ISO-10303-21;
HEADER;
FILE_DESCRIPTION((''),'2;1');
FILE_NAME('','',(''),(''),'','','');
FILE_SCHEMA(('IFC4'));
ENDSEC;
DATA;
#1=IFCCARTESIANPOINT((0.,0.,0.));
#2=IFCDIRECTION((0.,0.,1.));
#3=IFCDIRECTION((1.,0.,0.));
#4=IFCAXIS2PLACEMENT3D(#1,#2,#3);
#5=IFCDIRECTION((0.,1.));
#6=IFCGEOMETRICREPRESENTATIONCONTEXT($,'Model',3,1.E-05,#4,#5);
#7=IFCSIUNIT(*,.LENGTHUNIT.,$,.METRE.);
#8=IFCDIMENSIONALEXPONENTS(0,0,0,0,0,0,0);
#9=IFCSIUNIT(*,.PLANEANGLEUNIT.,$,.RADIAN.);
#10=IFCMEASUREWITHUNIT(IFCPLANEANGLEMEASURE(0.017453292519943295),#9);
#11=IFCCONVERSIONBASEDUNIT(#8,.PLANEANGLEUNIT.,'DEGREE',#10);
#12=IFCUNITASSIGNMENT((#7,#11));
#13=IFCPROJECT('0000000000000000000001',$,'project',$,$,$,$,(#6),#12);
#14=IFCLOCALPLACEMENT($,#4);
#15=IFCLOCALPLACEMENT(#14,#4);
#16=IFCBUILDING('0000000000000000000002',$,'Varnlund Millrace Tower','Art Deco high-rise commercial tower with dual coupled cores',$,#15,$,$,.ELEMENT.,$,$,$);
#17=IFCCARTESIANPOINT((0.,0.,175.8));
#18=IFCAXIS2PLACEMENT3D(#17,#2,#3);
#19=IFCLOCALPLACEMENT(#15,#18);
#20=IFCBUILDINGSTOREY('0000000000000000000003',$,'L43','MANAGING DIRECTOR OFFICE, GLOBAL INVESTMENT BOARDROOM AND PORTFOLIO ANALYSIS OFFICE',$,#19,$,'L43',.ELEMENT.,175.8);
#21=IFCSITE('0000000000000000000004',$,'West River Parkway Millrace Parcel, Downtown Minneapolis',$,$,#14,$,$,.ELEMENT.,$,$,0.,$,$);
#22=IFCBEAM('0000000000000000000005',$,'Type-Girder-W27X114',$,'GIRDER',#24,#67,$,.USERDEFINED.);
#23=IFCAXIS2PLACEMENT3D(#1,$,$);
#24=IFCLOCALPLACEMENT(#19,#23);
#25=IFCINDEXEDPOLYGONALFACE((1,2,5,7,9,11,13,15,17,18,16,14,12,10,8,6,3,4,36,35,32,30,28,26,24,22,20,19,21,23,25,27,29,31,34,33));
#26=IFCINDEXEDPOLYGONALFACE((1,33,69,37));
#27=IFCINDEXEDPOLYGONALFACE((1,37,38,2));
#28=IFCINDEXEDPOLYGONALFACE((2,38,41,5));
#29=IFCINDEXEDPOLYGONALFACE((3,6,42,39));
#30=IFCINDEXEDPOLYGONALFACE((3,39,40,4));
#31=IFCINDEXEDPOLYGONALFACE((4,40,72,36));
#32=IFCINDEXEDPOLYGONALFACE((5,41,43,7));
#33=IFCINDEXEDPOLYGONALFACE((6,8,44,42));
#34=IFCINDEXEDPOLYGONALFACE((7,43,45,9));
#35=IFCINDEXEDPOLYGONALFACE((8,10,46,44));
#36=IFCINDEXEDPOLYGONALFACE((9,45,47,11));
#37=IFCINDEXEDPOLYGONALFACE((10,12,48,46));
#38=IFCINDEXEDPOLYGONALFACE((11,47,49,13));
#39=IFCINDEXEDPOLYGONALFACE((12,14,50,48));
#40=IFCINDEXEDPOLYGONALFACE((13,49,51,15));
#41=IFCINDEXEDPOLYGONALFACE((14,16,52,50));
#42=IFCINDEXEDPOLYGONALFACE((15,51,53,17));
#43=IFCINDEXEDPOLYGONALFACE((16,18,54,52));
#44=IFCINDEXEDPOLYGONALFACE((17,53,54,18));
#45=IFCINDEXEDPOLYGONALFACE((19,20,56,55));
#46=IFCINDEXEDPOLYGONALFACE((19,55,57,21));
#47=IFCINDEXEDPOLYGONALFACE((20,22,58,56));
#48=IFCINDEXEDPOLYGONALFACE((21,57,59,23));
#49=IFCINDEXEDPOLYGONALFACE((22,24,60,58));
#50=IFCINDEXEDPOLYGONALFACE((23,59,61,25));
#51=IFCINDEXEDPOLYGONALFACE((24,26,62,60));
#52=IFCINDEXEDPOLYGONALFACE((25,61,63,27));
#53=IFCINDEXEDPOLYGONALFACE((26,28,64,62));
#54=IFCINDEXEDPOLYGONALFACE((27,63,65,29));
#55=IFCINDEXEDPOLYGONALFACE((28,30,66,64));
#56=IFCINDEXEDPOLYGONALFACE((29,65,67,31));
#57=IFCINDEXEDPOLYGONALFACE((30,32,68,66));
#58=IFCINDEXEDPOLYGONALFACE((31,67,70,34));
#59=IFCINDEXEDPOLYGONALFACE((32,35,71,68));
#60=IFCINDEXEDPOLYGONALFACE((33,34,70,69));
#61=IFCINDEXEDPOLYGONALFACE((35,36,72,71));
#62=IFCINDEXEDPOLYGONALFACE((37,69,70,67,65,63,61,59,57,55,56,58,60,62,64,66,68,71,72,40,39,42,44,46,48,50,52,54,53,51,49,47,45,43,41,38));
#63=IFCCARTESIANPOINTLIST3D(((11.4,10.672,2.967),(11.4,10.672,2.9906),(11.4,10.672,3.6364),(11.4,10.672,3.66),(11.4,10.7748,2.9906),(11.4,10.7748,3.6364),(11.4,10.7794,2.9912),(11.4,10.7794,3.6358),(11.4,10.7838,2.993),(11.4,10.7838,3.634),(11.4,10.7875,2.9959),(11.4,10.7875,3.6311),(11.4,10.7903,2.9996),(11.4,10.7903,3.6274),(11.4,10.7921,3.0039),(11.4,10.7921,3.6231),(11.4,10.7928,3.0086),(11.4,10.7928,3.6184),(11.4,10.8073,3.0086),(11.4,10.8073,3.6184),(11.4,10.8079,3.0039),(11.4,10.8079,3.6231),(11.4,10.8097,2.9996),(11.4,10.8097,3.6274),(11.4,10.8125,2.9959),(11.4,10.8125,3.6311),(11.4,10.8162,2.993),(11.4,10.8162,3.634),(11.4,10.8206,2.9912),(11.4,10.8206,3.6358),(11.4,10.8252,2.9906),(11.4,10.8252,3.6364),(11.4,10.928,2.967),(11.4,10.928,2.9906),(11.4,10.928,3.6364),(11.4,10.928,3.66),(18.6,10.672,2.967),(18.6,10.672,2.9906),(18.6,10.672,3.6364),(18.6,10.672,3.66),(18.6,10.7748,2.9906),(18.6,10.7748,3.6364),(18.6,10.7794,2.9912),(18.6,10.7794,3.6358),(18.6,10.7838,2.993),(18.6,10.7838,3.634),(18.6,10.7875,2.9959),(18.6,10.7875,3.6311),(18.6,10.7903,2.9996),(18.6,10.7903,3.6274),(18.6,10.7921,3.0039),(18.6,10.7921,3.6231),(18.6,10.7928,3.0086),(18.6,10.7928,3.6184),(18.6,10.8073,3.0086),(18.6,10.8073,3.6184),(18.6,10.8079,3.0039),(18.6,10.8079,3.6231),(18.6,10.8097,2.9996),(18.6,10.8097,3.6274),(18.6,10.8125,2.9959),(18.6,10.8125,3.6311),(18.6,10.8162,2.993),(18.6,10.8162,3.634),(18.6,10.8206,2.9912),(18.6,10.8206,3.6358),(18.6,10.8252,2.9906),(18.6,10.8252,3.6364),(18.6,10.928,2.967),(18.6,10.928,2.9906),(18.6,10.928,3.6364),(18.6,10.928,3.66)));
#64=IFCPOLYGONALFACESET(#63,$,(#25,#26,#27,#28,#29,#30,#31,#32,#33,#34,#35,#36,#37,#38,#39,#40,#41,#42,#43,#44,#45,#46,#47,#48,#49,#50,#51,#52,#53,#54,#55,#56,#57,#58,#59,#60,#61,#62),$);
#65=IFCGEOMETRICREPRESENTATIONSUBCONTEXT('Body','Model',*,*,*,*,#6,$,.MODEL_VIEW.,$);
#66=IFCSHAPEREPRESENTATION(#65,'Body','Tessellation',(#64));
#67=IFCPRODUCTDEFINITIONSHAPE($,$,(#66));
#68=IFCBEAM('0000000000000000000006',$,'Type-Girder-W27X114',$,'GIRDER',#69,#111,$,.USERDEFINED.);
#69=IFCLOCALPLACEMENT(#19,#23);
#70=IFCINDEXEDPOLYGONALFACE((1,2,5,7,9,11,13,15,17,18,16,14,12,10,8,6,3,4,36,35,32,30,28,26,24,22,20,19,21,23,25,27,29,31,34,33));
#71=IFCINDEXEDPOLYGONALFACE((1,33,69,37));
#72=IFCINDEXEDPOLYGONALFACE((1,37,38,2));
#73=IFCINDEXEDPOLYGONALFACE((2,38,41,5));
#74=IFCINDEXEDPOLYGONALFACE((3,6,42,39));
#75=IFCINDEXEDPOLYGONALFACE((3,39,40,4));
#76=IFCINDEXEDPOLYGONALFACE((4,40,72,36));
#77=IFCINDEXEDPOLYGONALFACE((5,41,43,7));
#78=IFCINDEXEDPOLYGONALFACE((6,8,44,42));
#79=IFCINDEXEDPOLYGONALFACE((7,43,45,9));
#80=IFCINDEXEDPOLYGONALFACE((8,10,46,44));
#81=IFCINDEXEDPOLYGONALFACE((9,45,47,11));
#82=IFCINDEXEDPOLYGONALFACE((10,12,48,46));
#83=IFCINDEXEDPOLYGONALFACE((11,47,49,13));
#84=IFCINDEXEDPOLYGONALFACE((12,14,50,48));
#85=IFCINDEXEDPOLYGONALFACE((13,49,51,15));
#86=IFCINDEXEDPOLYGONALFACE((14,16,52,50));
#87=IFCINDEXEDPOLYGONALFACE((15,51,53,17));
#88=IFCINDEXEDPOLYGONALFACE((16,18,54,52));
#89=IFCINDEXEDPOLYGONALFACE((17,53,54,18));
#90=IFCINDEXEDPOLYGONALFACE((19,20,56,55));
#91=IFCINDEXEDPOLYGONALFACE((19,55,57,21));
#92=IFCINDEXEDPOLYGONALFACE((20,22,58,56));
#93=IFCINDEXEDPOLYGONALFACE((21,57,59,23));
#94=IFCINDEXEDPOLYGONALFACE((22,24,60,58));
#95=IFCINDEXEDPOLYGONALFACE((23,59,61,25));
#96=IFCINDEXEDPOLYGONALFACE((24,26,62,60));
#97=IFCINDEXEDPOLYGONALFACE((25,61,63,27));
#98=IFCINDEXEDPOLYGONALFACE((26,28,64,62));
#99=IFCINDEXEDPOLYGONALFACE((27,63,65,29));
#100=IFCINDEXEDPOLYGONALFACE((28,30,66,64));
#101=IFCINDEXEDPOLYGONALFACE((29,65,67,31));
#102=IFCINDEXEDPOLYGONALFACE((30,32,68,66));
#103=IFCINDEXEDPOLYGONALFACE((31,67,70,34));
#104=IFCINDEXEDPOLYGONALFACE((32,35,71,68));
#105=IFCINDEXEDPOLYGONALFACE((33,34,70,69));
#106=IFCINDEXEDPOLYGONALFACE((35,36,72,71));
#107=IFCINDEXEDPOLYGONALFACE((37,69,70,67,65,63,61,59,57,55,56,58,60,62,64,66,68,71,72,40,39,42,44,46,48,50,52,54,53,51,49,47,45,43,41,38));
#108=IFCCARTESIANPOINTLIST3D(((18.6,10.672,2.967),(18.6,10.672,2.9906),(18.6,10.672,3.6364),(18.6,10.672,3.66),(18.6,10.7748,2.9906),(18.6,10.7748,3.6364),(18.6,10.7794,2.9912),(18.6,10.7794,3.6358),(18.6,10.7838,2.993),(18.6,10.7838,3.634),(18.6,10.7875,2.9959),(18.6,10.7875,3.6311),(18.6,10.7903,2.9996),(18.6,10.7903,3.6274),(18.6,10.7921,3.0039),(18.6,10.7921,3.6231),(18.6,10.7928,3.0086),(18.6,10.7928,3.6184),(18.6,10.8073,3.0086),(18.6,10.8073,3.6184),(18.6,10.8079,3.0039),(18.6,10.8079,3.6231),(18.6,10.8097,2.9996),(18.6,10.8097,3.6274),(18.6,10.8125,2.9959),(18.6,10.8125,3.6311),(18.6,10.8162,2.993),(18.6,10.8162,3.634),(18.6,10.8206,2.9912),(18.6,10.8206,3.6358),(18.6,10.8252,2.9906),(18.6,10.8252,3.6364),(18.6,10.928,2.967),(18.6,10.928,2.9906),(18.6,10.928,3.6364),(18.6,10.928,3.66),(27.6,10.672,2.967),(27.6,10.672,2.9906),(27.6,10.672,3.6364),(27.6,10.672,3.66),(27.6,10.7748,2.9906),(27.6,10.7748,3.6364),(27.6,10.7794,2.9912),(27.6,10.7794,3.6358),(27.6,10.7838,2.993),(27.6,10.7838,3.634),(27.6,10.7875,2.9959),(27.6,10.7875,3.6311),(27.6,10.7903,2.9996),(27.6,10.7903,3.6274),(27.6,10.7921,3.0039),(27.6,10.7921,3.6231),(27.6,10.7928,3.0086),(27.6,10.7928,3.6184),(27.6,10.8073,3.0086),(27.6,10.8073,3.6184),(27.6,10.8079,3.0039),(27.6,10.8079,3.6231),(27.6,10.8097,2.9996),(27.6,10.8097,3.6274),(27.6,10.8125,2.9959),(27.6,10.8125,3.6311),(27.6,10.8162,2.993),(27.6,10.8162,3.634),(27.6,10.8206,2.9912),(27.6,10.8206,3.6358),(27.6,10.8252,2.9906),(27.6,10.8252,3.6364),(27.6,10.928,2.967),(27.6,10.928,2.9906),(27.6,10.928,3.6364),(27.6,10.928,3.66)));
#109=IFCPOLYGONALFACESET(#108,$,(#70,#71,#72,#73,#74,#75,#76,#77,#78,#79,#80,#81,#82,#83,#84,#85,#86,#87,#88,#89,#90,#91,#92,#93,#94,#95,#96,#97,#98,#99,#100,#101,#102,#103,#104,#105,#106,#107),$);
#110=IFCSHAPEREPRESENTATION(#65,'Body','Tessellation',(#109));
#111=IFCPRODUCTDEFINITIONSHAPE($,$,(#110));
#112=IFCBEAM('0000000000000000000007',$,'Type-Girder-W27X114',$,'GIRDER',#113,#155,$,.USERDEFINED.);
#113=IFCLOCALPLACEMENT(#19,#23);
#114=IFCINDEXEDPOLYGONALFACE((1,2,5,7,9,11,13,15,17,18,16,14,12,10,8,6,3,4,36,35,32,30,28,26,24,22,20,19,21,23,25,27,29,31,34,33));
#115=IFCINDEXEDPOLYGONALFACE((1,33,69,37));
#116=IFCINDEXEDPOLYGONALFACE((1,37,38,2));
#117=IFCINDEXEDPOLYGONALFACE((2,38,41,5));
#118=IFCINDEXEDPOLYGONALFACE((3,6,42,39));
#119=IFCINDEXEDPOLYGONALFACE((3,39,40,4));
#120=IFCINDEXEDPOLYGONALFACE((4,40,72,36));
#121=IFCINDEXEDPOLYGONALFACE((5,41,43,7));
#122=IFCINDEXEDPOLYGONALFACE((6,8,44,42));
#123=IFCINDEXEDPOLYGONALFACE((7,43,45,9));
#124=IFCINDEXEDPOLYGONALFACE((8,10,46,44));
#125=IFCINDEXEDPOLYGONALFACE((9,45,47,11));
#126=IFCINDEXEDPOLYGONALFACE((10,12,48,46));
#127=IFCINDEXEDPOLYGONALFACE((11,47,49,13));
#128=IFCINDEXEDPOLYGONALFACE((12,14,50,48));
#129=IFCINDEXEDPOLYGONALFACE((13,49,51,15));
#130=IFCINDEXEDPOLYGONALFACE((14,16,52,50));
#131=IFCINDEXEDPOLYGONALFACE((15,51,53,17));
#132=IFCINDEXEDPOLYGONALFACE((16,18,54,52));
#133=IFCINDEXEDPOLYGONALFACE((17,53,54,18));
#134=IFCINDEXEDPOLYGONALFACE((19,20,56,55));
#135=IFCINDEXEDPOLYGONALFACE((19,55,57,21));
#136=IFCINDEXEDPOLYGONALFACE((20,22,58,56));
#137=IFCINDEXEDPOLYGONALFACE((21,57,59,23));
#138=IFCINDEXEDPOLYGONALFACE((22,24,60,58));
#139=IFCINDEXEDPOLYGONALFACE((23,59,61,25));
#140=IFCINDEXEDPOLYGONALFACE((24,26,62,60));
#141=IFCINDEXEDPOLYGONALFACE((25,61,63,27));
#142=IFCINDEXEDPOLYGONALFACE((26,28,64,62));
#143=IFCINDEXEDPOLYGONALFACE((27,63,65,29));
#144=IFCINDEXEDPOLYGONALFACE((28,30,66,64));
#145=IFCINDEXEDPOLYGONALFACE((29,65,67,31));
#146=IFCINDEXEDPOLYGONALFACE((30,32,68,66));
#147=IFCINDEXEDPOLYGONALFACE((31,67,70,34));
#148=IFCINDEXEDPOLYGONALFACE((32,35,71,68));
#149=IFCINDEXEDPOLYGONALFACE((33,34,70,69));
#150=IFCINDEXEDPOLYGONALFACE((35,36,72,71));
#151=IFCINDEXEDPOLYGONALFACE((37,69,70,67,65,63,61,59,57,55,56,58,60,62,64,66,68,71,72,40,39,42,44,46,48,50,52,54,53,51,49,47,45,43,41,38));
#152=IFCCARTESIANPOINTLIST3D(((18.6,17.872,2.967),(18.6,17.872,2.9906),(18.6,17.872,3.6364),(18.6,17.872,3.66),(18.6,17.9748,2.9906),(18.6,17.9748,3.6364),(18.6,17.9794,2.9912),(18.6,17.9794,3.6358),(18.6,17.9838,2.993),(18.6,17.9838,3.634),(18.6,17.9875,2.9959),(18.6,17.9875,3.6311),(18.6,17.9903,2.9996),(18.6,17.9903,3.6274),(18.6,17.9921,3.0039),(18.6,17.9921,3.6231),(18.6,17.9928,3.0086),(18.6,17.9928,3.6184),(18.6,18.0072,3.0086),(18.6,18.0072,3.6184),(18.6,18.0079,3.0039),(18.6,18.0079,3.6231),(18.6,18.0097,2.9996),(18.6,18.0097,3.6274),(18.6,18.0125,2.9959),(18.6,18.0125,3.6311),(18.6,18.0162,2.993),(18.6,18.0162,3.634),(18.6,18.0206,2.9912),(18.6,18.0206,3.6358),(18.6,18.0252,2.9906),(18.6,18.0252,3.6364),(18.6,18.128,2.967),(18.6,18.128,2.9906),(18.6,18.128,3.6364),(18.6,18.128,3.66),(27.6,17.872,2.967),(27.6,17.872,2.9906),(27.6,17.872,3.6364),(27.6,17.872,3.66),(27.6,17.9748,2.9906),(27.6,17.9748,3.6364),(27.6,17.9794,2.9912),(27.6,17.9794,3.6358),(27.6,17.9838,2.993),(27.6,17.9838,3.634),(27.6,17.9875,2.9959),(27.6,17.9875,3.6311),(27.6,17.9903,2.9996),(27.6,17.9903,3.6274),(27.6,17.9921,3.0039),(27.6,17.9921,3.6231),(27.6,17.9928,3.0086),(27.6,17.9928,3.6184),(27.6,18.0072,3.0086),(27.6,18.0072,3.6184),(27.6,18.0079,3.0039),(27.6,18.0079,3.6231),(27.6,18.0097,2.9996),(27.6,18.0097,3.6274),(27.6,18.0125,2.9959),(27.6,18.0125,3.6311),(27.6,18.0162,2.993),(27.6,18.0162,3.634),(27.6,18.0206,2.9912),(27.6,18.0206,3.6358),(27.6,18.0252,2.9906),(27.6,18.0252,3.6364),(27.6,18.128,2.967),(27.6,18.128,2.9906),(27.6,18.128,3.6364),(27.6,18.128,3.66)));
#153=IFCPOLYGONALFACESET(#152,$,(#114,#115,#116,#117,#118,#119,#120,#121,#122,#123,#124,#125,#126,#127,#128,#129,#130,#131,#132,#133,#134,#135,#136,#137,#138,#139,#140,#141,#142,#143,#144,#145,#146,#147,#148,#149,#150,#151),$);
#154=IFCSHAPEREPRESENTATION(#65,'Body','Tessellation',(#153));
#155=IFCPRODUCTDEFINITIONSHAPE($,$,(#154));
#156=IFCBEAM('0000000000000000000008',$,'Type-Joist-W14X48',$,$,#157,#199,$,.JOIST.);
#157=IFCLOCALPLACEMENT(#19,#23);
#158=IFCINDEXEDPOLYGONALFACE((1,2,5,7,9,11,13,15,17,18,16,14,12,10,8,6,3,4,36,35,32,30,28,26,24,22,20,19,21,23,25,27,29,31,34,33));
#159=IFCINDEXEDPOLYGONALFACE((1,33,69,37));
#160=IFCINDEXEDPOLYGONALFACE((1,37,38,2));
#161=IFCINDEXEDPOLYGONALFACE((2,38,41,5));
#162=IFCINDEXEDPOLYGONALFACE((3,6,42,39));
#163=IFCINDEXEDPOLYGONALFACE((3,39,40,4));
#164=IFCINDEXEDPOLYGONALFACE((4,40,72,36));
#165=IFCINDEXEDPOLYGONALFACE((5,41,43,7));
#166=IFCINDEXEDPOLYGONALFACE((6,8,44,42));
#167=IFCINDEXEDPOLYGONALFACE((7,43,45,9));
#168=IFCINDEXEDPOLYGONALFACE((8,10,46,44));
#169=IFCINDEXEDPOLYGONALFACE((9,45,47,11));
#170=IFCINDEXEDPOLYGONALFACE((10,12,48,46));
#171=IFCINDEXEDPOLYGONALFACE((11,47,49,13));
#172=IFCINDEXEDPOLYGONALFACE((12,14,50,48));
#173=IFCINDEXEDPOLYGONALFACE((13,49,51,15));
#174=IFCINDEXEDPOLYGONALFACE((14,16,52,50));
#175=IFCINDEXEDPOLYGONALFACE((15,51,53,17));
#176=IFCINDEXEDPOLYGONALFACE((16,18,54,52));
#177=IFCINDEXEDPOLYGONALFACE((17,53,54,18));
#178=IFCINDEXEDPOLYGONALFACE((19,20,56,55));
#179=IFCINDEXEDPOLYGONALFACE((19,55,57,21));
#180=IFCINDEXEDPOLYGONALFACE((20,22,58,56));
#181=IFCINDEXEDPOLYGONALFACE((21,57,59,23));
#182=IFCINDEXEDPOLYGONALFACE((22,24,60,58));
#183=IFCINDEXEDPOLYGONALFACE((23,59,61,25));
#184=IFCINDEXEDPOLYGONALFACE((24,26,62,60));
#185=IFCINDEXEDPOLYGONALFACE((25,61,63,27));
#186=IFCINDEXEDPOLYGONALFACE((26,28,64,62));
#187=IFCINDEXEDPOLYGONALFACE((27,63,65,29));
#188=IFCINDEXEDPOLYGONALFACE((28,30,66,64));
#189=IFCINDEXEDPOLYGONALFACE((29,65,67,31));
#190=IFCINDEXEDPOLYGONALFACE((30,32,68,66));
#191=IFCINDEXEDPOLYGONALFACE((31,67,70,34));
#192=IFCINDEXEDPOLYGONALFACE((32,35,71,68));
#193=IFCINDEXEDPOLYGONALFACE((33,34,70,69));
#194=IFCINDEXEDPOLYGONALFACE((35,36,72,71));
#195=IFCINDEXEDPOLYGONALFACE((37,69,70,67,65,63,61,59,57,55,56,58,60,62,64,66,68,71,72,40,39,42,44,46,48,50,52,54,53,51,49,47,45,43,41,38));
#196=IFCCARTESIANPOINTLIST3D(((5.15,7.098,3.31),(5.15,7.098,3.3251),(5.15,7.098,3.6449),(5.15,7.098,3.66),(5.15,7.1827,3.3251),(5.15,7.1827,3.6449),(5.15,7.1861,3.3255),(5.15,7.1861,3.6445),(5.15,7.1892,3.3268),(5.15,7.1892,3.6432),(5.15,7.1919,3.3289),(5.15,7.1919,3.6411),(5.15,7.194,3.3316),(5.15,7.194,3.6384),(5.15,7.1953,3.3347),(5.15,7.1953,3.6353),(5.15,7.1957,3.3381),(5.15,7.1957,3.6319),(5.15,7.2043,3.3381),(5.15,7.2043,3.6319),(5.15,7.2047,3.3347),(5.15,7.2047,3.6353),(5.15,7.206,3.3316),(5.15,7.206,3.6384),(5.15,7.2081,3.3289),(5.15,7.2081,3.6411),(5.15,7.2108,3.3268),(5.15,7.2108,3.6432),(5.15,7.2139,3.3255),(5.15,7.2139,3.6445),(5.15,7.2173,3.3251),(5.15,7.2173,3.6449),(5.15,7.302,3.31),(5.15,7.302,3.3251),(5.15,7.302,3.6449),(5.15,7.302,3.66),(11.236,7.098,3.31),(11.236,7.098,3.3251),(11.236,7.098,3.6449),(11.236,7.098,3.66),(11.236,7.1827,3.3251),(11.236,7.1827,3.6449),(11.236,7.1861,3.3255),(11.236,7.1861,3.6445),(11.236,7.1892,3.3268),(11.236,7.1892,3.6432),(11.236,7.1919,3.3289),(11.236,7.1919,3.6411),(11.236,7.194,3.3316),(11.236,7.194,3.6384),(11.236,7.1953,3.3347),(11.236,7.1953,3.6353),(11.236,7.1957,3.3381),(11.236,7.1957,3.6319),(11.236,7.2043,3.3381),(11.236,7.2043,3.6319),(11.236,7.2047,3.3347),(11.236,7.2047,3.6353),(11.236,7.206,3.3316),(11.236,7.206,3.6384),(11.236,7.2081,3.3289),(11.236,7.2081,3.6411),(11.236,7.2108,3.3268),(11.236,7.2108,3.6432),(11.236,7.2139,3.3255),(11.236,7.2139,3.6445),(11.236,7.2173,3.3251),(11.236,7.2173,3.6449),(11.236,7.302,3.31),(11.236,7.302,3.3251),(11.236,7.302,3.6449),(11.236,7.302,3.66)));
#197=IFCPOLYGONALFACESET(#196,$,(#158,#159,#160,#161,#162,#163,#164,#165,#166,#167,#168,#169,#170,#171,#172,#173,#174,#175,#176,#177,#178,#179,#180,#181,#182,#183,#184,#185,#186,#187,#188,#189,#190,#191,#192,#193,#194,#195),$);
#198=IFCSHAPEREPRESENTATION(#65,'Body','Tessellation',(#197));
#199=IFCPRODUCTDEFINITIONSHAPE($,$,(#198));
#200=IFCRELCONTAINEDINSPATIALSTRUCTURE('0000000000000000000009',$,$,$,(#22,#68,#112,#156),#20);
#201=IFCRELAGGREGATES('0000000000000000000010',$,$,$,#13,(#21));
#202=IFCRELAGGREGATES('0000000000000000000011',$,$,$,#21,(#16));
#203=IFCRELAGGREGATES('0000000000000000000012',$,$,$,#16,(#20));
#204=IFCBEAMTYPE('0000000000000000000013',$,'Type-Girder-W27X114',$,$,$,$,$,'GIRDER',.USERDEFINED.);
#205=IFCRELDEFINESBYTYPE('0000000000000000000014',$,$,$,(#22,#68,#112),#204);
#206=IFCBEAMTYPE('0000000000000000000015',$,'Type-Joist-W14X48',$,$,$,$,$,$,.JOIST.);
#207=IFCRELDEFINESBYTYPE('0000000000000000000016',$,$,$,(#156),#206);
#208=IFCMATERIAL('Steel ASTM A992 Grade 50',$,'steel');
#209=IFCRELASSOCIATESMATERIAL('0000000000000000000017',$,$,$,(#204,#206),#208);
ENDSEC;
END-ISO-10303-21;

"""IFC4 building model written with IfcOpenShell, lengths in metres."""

from ifc_helpers import new_model, entity, si_unit, converted_unit, direction, frame, origin_with_axes, origin_2d_with_axis, place, context, subcontext, project, spatial, i_section, extrude, material, material_profile, profile_set, type_object, element, save


model = new_model("IFC4")

# Units and contexts
model_context = context("Model", 3, precision=1e-05, world=origin_with_axes(), true_north=direction((0.0, 1.0)))
body_context = subcontext(model_context, "Body", "Model", "MODEL_VIEW")
ifc_project = project(units=[si_unit("LENGTHUNIT", "METRE"), converted_unit("PLANEANGLEUNIT", "DEGREE", entity("IfcPlaneAngleMeasure", 0.017453292519943295), si_unit("PLANEANGLEUNIT", "RADIAN"), dimensions=[0, 0, 0, 0, 0, 0, 0])], contexts=[model_context])

# Site, building, storey
site_placement = place(None, origin_with_axes())
site = spatial("IfcSite", under=ifc_project, at=site_placement, Name="West River Parkway Millrace Parcel, Downtown Minneapolis", CompositionType="ELEMENT", RefElevation=0.0)
building_placement = place(site_placement, origin_with_axes())
building = spatial("IfcBuilding", under=site, at=building_placement, Name="Varnlund Millrace Tower", Description="Art Deco high-rise commercial tower with dual coupled cores", CompositionType="ELEMENT")
storey_placement = place(building_placement, frame((0.0, 0.0, 175.8), z_axis=(0.0, 0.0, 1.0), x_axis=(1.0, 0.0, 0.0)))
storey = spatial("IfcBuildingStorey", under=building, at=storey_placement, Name="L43", Description="MANAGING DIRECTOR OFFICE, GLOBAL INVESTMENT BOARDROOM AND PORTFOLIO ANALYSIS OFFICE", LongName="L43", CompositionType="ELEMENT", Elevation=175.8)

# Beams
ifc_material_1 = material(Name="Steel ASTM A992 Grade 50", Category="steel")
ifc_material_profile_1 = material_profile(ifc_material_1, i_section(OverallWidth=0.256, OverallDepth=0.693, WebThickness=0.0145, FlangeThickness=0.0236, FilletRadius=0.018, at=origin_2d_with_axis()), Name="Steel ASTM A992 Grade 50")
ifc_profile_set_1 = profile_set([ifc_material_profile_1], Name="Steel ASTM A992 Grade 50")
beam_type_1 = type_object("IfcBeamType", Name="Type-Girder-W27X114", ElementType="GIRDER", PredefinedType="USERDEFINED", material=ifc_profile_set_1)
beam_1_placement = place(storey_placement, frame((11.4, 10.8, 3.3135), z_axis=(1.0, 0.0, 0.0), x_axis=(0.0, 1.0, 0.0)))
element("IfcBeam", 1, at=beam_1_placement, inside=storey, type_object=beam_type_1, Name="Type-Girder-W27X114", ObjectType="GIRDER", PredefinedType="USERDEFINED", context=body_context, shape_type="SweptSolid", body=[
    extrude(i_section(OverallWidth=0.256, OverallDepth=0.693, WebThickness=0.0145, FlangeThickness=0.0236, FilletRadius=0.018, at=origin_2d_with_axis()), origin_with_axes(), (0.0, 0.0, 1.0), 7.2),
])
for number, where, z_axis, x_axis, name in (
    (2, (18.6, 10.8, 3.3135), (1.0, 0.0, 0.0), (0.0, 1.0, 0.0), "Type-Girder-W27X114"),
    (3, (18.6, 18.0, 3.3135), (1.0, 0.0, 0.0), (0.0, 1.0, 0.0), "Type-Girder-W27X114"),
):
    element("IfcBeam", number, at=place(storey_placement, frame(where, z_axis=z_axis, x_axis=x_axis)), inside=storey, type_object=beam_type_1, Name=name, ObjectType="GIRDER", PredefinedType="USERDEFINED", context=body_context, shape_type="SweptSolid", body=[
        extrude(i_section(OverallWidth=0.256, OverallDepth=0.693, WebThickness=0.0145, FlangeThickness=0.0236, FilletRadius=0.018, at=origin_2d_with_axis()), origin_with_axes(), (0.0, 0.0, 1.0), 9.0),
    ])
ifc_material_profile_2 = material_profile(ifc_material_1, i_section(OverallWidth=0.204, OverallDepth=0.35, WebThickness=0.0086, FlangeThickness=0.0151, FilletRadius=0.013, at=origin_2d_with_axis()), Name="Steel ASTM A992 Grade 50")
ifc_profile_set_2 = profile_set([ifc_material_profile_2], Name="Steel ASTM A992 Grade 50")
beam_type_2 = type_object("IfcBeamType", Name="Type-Joist-W14X48", PredefinedType="JOIST", material=ifc_profile_set_2)
for number, where, z_axis, x_axis, name in (
    (4, (5.15, 7.2, 3.485), (1.0, 0.0, 0.0), (0.0, 1.0, 0.0), "Type-Joist-W14X48"),
):
    element("IfcBeam", number, at=place(storey_placement, frame(where, z_axis=z_axis, x_axis=x_axis)), inside=storey, type_object=beam_type_2, Name=name, PredefinedType="JOIST", context=body_context, shape_type="SweptSolid", body=[
        extrude(i_section(OverallWidth=0.204, OverallDepth=0.35, WebThickness=0.0086, FlangeThickness=0.0151, FilletRadius=0.013, at=origin_2d_with_axis()), origin_with_axes(), (0.0, 0.0, 1.0), 6.086),
    ])

save(model, "model.ifc")
